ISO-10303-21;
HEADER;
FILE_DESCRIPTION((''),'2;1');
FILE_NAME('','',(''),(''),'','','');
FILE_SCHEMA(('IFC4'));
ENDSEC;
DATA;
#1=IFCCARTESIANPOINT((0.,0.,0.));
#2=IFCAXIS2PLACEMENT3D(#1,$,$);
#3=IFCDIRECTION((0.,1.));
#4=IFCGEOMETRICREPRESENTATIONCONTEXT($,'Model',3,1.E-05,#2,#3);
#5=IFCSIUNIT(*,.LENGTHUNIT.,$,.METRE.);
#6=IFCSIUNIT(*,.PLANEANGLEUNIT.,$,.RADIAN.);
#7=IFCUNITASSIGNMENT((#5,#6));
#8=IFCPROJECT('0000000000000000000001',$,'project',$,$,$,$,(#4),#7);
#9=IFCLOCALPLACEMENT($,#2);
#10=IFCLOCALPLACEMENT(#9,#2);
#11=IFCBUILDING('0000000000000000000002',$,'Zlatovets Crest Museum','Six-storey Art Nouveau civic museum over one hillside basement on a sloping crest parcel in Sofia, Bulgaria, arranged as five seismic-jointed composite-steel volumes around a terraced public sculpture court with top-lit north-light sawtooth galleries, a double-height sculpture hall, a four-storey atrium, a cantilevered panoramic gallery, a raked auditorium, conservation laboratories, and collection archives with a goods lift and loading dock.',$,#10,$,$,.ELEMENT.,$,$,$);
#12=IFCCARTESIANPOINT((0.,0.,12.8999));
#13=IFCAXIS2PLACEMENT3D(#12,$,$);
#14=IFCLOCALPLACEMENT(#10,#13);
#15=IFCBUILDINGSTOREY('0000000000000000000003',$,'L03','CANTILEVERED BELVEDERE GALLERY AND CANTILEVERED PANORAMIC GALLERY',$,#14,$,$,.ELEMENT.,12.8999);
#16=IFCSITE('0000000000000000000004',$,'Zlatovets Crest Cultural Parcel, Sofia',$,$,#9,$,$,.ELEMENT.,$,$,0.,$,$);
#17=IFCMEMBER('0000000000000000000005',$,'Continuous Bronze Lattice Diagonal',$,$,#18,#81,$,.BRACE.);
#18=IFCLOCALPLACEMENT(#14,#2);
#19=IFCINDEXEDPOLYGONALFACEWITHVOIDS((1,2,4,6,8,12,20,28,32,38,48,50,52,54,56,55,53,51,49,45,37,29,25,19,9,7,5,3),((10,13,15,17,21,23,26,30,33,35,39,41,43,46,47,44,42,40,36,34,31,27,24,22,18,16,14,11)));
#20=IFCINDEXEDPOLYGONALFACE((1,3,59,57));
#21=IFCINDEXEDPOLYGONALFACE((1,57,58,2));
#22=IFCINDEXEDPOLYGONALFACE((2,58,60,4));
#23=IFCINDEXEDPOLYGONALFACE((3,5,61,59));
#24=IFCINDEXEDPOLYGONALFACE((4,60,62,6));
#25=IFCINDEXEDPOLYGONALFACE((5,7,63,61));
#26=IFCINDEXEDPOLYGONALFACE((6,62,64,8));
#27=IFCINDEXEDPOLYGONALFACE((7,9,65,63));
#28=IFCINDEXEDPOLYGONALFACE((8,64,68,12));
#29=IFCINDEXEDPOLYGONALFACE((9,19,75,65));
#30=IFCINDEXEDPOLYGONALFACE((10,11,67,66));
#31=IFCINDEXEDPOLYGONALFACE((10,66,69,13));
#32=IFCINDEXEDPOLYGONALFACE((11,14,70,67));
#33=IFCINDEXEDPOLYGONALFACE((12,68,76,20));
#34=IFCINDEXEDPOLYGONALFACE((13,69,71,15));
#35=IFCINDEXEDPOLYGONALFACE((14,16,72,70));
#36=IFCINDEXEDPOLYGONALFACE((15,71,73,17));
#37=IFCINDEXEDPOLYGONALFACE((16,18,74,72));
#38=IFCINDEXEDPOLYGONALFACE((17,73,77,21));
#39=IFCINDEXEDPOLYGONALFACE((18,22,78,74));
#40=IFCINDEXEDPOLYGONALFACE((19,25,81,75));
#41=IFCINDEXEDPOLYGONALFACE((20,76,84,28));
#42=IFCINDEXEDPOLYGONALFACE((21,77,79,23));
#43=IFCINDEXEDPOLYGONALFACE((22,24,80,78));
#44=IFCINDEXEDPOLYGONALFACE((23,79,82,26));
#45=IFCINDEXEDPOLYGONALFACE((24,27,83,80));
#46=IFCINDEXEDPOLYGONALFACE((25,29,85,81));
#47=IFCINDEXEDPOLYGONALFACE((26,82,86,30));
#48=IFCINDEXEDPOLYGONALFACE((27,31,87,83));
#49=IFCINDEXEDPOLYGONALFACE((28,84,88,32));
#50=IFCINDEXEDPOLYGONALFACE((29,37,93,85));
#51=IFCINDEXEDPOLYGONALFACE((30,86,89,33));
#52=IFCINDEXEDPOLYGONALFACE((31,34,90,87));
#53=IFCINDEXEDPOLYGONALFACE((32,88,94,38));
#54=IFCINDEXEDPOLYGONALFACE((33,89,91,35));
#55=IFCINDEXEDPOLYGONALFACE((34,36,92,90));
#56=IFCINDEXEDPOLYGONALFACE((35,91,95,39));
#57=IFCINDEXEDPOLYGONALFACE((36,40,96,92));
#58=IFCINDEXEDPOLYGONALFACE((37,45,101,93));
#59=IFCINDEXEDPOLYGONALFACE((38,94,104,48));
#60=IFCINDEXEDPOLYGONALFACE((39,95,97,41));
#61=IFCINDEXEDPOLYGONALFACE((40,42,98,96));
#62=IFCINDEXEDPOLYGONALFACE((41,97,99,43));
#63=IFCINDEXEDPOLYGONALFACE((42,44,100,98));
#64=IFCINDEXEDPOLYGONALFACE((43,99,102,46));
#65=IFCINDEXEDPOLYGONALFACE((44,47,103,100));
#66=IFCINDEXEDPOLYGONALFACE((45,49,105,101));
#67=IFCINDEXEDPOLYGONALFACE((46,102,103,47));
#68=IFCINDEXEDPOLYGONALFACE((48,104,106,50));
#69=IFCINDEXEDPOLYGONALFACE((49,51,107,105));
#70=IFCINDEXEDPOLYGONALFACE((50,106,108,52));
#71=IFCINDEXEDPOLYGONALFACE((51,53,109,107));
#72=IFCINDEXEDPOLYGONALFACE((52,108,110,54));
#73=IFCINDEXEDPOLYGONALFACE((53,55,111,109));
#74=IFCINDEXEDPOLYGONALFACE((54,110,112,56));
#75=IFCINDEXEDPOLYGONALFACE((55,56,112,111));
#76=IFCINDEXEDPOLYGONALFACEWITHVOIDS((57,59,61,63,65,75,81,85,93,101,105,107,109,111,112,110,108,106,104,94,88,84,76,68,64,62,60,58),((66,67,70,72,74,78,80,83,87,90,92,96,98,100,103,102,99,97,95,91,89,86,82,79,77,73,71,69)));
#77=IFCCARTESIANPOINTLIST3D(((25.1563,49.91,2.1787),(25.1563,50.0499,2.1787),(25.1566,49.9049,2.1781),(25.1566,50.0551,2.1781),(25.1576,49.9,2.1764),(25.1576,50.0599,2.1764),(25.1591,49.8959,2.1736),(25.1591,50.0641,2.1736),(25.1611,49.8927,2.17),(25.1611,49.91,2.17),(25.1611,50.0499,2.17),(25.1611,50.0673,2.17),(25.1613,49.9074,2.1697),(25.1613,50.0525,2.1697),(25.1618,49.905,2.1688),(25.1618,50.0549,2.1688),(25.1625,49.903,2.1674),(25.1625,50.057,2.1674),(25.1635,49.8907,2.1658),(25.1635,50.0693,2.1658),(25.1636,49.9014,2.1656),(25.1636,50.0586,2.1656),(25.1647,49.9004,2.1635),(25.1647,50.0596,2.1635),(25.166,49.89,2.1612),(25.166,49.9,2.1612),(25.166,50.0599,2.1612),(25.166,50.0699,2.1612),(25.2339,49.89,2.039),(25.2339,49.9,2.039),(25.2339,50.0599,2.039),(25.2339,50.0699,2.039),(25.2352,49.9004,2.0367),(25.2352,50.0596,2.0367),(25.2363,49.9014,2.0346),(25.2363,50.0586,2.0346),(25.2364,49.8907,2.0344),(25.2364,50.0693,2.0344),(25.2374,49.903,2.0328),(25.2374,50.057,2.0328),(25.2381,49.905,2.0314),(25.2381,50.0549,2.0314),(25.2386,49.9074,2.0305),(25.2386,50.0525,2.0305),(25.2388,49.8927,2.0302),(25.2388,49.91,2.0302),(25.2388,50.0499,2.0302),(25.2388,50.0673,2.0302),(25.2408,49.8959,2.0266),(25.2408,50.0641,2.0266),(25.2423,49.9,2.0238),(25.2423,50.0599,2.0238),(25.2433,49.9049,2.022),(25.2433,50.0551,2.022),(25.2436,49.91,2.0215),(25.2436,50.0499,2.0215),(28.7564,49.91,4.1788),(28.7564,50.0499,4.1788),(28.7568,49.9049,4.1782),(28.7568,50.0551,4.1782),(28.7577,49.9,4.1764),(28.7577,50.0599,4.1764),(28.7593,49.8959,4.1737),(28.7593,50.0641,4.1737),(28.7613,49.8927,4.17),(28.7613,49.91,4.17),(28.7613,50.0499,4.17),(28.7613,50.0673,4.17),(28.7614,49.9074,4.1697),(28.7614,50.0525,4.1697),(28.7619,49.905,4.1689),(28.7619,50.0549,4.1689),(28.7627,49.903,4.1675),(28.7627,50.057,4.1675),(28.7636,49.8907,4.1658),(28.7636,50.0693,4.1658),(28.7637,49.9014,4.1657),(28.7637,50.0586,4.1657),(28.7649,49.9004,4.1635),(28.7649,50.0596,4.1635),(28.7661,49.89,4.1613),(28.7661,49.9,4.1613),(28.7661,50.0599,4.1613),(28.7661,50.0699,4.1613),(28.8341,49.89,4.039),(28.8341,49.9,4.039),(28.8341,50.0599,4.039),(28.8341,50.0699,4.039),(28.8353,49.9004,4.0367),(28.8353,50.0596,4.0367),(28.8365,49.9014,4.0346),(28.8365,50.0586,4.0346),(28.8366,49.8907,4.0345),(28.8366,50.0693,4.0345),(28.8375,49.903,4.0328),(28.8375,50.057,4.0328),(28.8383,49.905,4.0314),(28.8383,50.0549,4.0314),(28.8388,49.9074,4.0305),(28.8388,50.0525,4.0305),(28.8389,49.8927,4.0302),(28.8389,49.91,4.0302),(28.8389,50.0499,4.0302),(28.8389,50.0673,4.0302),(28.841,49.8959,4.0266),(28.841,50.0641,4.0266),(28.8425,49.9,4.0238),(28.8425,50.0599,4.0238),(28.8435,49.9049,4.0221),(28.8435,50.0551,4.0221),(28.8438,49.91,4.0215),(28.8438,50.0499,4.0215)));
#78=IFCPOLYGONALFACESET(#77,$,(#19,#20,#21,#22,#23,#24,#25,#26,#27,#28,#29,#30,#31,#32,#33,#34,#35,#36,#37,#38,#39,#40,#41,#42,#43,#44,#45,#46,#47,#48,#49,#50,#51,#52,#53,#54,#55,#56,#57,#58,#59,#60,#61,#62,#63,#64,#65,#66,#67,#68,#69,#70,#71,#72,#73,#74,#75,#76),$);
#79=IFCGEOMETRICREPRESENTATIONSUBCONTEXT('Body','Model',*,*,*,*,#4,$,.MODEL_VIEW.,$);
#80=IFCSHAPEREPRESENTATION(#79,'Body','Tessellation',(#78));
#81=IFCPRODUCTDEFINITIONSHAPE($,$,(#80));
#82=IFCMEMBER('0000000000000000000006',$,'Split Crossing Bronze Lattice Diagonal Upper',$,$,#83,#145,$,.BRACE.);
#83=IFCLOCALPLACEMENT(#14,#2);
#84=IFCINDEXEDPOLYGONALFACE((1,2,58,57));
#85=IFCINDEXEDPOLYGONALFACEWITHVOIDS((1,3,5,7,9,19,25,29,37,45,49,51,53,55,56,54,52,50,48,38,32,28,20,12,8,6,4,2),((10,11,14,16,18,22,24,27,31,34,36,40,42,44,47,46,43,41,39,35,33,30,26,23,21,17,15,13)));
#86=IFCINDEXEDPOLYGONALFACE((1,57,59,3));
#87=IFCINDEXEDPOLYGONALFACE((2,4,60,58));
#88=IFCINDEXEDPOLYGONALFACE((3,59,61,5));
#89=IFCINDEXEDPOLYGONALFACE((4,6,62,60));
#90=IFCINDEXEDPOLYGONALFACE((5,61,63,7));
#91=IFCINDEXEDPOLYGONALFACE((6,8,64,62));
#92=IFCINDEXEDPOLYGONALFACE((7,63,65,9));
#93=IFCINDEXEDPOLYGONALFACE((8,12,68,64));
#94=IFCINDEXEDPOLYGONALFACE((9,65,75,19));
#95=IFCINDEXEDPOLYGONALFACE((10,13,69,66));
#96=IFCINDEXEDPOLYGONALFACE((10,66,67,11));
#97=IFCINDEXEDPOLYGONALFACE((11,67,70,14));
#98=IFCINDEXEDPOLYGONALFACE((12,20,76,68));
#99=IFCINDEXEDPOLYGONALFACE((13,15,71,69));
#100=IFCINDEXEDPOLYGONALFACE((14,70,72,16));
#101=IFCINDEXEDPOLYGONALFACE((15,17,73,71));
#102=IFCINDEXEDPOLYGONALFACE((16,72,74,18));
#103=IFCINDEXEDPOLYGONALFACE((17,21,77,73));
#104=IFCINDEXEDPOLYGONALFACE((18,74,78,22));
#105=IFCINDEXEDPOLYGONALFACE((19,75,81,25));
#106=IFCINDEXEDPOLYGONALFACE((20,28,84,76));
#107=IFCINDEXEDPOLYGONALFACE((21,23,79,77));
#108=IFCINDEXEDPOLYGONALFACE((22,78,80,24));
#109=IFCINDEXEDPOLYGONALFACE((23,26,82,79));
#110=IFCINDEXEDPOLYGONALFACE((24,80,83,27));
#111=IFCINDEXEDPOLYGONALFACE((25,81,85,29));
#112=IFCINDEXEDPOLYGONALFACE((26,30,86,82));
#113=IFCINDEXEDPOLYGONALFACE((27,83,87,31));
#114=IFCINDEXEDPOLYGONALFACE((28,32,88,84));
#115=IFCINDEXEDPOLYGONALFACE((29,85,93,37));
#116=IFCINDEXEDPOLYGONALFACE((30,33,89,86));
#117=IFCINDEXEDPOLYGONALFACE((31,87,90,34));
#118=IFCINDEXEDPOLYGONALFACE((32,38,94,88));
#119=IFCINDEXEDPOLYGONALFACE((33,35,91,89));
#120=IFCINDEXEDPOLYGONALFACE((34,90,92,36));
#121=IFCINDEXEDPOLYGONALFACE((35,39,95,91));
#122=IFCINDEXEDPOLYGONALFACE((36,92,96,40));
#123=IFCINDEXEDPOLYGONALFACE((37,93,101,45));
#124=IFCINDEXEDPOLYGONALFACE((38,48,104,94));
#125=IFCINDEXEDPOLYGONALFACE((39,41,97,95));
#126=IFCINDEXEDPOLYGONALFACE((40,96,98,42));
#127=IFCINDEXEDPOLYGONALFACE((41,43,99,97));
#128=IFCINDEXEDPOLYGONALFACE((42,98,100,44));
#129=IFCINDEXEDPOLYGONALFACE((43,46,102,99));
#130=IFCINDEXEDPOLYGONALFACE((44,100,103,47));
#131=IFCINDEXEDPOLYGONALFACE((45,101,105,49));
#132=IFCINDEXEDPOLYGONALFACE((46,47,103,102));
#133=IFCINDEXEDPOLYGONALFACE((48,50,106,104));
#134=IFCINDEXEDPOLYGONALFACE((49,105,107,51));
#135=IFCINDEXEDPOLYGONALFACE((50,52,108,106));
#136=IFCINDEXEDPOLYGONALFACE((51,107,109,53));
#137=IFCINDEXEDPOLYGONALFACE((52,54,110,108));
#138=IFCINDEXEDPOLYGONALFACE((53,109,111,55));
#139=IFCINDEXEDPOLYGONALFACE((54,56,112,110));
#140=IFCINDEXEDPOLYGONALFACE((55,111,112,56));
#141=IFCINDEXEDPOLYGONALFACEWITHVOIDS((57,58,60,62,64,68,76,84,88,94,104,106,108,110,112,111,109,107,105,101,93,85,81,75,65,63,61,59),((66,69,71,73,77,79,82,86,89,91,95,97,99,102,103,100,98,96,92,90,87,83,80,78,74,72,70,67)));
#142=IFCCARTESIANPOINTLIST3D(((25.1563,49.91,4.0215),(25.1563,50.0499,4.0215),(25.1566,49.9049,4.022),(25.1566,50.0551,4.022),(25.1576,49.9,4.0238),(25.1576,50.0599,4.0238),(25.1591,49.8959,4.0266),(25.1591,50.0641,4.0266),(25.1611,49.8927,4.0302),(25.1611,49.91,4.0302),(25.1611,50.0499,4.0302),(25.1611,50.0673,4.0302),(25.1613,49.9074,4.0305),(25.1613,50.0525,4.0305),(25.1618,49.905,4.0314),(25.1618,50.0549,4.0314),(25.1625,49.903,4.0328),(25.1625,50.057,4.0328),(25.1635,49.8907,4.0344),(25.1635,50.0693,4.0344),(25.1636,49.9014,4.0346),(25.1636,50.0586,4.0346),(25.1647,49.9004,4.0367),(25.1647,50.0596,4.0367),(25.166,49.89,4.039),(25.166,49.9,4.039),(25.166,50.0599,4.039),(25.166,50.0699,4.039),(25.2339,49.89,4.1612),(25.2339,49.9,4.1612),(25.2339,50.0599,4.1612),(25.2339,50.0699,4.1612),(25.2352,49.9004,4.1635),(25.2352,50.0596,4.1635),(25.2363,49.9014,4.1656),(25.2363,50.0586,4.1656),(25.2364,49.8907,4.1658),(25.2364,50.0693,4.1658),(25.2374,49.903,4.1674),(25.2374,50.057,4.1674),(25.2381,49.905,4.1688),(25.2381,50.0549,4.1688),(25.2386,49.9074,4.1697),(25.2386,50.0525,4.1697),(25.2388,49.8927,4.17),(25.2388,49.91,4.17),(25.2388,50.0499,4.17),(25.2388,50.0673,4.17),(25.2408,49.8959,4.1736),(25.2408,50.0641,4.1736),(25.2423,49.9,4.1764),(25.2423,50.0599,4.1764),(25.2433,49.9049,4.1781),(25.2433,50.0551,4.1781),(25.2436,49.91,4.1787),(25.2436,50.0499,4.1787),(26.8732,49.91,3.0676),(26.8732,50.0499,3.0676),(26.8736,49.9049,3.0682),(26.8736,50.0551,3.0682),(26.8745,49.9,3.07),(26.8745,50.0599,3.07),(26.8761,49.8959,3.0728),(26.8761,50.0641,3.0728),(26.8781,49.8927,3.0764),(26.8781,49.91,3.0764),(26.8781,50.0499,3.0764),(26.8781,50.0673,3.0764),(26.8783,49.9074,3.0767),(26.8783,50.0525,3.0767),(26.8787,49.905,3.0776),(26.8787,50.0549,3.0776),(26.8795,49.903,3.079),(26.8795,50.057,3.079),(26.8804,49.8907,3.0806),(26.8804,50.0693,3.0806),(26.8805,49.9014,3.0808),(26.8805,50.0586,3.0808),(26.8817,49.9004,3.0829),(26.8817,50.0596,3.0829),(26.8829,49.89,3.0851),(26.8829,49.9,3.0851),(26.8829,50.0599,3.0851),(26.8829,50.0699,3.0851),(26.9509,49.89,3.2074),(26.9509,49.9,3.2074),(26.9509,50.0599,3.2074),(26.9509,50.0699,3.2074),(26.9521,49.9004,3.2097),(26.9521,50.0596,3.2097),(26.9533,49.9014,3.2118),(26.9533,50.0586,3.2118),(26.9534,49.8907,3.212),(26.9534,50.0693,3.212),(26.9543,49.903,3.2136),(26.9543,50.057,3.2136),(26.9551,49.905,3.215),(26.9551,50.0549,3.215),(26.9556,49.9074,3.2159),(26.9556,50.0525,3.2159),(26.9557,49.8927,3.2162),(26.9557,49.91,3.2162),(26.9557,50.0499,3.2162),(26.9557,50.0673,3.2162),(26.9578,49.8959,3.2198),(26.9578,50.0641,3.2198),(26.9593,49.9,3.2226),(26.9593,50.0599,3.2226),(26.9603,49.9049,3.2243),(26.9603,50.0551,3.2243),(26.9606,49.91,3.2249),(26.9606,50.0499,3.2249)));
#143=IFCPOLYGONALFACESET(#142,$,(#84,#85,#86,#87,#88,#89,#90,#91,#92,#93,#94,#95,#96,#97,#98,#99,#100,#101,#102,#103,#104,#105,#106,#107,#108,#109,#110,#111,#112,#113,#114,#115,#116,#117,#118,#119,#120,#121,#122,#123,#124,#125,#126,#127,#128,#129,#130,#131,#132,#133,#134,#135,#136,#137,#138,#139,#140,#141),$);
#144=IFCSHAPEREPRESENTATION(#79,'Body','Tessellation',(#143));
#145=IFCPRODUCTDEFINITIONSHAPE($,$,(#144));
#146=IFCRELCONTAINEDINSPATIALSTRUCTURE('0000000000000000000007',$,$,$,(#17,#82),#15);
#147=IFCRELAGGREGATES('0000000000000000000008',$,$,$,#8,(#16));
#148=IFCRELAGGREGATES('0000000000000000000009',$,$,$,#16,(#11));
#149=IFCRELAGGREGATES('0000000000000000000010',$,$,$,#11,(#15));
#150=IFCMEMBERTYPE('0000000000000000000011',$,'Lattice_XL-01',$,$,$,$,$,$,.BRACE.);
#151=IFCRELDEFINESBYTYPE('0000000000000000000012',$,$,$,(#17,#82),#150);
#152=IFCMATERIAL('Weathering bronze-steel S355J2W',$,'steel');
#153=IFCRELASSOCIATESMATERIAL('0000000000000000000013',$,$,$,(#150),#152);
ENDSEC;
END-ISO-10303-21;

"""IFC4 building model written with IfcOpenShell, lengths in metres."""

from ifc_helpers import new_model, si_unit, direction, frame, origin, origin_2d, place, context, subcontext, project, spatial, hollow_rectangle, extrude, material, material_profile, profile_set, type_object, element, save


model = new_model("IFC4")

# Units and contexts
model_context = context("Model", 3, precision=1e-05, world=origin(), true_north=direction((0.0, 1.0)))
body_context = subcontext(model_context, "Body", "Model", "MODEL_VIEW")
ifc_project = project(units=[si_unit("LENGTHUNIT", "METRE"), si_unit("PLANEANGLEUNIT", "RADIAN")], contexts=[model_context])

# Site, building, storey
site_placement = place(None, origin())
site = spatial("IfcSite", under=ifc_project, at=site_placement, Name="Zlatovets Crest Cultural Parcel, Sofia", CompositionType="ELEMENT", RefElevation=0.0)
building_placement = place(site_placement, origin())
building = spatial("IfcBuilding", under=site, at=building_placement, Name="Zlatovets Crest Museum", Description="Six-storey Art Nouveau civic museum over one hillside basement on a sloping crest parcel in Sofia, Bulgaria, arranged as five seismic-jointed composite-steel volumes around a terraced public sculpture court with top-lit north-light sawtooth galleries, a double-height sculpture hall, a four-storey atrium, a cantilevered panoramic gallery, a raked auditorium, conservation laboratories, and collection archives with a goods lift and loading dock.", CompositionType="ELEMENT")
storey_placement = place(building_placement, frame((0.0, 0.0, 12.8999)))
storey = spatial("IfcBuildingStorey", under=building, at=storey_placement, Name="L03", Description="CANTILEVERED BELVEDERE GALLERY AND CANTILEVERED PANORAMIC GALLERY", CompositionType="ELEMENT", Elevation=12.8999)

# Members
ifc_material_1 = material(Name="Weathering bronze-steel S355J2W", Category="steel")
ifc_material_profile_1 = material_profile(ifc_material_1, hollow_rectangle(XDim=0.1799, YDim=0.1799, WallThickness=0.01, InnerFilletRadius=0.01, OuterFilletRadius=0.02, at=origin_2d()), Name="SHS 180x180x10.0")
ifc_profile_set_1 = profile_set([ifc_material_profile_1], Name="Weathering bronze-steel S355J2W")
member_type_1 = type_object("IfcMemberType", Name="Lattice_XL-01", PredefinedType="BRACE", material=ifc_profile_set_1)
member_1_placement = place(storey_placement, frame((25.2, 49.98, 2.1001), z_axis=(0.874163, 0.0, 0.485633), x_axis=(0.0, 1.0, 0.0)))
element("IfcMember", 1, at=member_1_placement, inside=storey, type_object=member_type_1, Name="Continuous Bronze Lattice Diagonal", PredefinedType="BRACE", context=body_context, shape_type="SweptSolid", body=[
    extrude(hollow_rectangle(XDim=0.1799, YDim=0.1799, WallThickness=0.01, InnerFilletRadius=0.01, OuterFilletRadius=0.02, at=origin_2d()), origin(), (0.0, 0.0, 1.0), 4.1184),
])
for number, where, z_axis, x_axis, name in (
    (2, (25.2, 49.98, 4.1001), (0.874169, 0.0, -0.485622), (0.0, 1.0, 0.0), "Split Crossing Bronze Lattice Diagonal Upper"),
):
    element("IfcMember", number, at=place(storey_placement, frame(where, z_axis=z_axis, x_axis=x_axis)), inside=storey, type_object=member_type_1, Name=name, PredefinedType="BRACE", context=body_context, shape_type="SweptSolid", body=[
        extrude(hollow_rectangle(XDim=0.1799, YDim=0.1799, WallThickness=0.01, InnerFilletRadius=0.01, OuterFilletRadius=0.02, at=origin_2d()), origin(), (0.0, 0.0, 1.0), 1.9641),
    ])

save(model, "model.ifc")
